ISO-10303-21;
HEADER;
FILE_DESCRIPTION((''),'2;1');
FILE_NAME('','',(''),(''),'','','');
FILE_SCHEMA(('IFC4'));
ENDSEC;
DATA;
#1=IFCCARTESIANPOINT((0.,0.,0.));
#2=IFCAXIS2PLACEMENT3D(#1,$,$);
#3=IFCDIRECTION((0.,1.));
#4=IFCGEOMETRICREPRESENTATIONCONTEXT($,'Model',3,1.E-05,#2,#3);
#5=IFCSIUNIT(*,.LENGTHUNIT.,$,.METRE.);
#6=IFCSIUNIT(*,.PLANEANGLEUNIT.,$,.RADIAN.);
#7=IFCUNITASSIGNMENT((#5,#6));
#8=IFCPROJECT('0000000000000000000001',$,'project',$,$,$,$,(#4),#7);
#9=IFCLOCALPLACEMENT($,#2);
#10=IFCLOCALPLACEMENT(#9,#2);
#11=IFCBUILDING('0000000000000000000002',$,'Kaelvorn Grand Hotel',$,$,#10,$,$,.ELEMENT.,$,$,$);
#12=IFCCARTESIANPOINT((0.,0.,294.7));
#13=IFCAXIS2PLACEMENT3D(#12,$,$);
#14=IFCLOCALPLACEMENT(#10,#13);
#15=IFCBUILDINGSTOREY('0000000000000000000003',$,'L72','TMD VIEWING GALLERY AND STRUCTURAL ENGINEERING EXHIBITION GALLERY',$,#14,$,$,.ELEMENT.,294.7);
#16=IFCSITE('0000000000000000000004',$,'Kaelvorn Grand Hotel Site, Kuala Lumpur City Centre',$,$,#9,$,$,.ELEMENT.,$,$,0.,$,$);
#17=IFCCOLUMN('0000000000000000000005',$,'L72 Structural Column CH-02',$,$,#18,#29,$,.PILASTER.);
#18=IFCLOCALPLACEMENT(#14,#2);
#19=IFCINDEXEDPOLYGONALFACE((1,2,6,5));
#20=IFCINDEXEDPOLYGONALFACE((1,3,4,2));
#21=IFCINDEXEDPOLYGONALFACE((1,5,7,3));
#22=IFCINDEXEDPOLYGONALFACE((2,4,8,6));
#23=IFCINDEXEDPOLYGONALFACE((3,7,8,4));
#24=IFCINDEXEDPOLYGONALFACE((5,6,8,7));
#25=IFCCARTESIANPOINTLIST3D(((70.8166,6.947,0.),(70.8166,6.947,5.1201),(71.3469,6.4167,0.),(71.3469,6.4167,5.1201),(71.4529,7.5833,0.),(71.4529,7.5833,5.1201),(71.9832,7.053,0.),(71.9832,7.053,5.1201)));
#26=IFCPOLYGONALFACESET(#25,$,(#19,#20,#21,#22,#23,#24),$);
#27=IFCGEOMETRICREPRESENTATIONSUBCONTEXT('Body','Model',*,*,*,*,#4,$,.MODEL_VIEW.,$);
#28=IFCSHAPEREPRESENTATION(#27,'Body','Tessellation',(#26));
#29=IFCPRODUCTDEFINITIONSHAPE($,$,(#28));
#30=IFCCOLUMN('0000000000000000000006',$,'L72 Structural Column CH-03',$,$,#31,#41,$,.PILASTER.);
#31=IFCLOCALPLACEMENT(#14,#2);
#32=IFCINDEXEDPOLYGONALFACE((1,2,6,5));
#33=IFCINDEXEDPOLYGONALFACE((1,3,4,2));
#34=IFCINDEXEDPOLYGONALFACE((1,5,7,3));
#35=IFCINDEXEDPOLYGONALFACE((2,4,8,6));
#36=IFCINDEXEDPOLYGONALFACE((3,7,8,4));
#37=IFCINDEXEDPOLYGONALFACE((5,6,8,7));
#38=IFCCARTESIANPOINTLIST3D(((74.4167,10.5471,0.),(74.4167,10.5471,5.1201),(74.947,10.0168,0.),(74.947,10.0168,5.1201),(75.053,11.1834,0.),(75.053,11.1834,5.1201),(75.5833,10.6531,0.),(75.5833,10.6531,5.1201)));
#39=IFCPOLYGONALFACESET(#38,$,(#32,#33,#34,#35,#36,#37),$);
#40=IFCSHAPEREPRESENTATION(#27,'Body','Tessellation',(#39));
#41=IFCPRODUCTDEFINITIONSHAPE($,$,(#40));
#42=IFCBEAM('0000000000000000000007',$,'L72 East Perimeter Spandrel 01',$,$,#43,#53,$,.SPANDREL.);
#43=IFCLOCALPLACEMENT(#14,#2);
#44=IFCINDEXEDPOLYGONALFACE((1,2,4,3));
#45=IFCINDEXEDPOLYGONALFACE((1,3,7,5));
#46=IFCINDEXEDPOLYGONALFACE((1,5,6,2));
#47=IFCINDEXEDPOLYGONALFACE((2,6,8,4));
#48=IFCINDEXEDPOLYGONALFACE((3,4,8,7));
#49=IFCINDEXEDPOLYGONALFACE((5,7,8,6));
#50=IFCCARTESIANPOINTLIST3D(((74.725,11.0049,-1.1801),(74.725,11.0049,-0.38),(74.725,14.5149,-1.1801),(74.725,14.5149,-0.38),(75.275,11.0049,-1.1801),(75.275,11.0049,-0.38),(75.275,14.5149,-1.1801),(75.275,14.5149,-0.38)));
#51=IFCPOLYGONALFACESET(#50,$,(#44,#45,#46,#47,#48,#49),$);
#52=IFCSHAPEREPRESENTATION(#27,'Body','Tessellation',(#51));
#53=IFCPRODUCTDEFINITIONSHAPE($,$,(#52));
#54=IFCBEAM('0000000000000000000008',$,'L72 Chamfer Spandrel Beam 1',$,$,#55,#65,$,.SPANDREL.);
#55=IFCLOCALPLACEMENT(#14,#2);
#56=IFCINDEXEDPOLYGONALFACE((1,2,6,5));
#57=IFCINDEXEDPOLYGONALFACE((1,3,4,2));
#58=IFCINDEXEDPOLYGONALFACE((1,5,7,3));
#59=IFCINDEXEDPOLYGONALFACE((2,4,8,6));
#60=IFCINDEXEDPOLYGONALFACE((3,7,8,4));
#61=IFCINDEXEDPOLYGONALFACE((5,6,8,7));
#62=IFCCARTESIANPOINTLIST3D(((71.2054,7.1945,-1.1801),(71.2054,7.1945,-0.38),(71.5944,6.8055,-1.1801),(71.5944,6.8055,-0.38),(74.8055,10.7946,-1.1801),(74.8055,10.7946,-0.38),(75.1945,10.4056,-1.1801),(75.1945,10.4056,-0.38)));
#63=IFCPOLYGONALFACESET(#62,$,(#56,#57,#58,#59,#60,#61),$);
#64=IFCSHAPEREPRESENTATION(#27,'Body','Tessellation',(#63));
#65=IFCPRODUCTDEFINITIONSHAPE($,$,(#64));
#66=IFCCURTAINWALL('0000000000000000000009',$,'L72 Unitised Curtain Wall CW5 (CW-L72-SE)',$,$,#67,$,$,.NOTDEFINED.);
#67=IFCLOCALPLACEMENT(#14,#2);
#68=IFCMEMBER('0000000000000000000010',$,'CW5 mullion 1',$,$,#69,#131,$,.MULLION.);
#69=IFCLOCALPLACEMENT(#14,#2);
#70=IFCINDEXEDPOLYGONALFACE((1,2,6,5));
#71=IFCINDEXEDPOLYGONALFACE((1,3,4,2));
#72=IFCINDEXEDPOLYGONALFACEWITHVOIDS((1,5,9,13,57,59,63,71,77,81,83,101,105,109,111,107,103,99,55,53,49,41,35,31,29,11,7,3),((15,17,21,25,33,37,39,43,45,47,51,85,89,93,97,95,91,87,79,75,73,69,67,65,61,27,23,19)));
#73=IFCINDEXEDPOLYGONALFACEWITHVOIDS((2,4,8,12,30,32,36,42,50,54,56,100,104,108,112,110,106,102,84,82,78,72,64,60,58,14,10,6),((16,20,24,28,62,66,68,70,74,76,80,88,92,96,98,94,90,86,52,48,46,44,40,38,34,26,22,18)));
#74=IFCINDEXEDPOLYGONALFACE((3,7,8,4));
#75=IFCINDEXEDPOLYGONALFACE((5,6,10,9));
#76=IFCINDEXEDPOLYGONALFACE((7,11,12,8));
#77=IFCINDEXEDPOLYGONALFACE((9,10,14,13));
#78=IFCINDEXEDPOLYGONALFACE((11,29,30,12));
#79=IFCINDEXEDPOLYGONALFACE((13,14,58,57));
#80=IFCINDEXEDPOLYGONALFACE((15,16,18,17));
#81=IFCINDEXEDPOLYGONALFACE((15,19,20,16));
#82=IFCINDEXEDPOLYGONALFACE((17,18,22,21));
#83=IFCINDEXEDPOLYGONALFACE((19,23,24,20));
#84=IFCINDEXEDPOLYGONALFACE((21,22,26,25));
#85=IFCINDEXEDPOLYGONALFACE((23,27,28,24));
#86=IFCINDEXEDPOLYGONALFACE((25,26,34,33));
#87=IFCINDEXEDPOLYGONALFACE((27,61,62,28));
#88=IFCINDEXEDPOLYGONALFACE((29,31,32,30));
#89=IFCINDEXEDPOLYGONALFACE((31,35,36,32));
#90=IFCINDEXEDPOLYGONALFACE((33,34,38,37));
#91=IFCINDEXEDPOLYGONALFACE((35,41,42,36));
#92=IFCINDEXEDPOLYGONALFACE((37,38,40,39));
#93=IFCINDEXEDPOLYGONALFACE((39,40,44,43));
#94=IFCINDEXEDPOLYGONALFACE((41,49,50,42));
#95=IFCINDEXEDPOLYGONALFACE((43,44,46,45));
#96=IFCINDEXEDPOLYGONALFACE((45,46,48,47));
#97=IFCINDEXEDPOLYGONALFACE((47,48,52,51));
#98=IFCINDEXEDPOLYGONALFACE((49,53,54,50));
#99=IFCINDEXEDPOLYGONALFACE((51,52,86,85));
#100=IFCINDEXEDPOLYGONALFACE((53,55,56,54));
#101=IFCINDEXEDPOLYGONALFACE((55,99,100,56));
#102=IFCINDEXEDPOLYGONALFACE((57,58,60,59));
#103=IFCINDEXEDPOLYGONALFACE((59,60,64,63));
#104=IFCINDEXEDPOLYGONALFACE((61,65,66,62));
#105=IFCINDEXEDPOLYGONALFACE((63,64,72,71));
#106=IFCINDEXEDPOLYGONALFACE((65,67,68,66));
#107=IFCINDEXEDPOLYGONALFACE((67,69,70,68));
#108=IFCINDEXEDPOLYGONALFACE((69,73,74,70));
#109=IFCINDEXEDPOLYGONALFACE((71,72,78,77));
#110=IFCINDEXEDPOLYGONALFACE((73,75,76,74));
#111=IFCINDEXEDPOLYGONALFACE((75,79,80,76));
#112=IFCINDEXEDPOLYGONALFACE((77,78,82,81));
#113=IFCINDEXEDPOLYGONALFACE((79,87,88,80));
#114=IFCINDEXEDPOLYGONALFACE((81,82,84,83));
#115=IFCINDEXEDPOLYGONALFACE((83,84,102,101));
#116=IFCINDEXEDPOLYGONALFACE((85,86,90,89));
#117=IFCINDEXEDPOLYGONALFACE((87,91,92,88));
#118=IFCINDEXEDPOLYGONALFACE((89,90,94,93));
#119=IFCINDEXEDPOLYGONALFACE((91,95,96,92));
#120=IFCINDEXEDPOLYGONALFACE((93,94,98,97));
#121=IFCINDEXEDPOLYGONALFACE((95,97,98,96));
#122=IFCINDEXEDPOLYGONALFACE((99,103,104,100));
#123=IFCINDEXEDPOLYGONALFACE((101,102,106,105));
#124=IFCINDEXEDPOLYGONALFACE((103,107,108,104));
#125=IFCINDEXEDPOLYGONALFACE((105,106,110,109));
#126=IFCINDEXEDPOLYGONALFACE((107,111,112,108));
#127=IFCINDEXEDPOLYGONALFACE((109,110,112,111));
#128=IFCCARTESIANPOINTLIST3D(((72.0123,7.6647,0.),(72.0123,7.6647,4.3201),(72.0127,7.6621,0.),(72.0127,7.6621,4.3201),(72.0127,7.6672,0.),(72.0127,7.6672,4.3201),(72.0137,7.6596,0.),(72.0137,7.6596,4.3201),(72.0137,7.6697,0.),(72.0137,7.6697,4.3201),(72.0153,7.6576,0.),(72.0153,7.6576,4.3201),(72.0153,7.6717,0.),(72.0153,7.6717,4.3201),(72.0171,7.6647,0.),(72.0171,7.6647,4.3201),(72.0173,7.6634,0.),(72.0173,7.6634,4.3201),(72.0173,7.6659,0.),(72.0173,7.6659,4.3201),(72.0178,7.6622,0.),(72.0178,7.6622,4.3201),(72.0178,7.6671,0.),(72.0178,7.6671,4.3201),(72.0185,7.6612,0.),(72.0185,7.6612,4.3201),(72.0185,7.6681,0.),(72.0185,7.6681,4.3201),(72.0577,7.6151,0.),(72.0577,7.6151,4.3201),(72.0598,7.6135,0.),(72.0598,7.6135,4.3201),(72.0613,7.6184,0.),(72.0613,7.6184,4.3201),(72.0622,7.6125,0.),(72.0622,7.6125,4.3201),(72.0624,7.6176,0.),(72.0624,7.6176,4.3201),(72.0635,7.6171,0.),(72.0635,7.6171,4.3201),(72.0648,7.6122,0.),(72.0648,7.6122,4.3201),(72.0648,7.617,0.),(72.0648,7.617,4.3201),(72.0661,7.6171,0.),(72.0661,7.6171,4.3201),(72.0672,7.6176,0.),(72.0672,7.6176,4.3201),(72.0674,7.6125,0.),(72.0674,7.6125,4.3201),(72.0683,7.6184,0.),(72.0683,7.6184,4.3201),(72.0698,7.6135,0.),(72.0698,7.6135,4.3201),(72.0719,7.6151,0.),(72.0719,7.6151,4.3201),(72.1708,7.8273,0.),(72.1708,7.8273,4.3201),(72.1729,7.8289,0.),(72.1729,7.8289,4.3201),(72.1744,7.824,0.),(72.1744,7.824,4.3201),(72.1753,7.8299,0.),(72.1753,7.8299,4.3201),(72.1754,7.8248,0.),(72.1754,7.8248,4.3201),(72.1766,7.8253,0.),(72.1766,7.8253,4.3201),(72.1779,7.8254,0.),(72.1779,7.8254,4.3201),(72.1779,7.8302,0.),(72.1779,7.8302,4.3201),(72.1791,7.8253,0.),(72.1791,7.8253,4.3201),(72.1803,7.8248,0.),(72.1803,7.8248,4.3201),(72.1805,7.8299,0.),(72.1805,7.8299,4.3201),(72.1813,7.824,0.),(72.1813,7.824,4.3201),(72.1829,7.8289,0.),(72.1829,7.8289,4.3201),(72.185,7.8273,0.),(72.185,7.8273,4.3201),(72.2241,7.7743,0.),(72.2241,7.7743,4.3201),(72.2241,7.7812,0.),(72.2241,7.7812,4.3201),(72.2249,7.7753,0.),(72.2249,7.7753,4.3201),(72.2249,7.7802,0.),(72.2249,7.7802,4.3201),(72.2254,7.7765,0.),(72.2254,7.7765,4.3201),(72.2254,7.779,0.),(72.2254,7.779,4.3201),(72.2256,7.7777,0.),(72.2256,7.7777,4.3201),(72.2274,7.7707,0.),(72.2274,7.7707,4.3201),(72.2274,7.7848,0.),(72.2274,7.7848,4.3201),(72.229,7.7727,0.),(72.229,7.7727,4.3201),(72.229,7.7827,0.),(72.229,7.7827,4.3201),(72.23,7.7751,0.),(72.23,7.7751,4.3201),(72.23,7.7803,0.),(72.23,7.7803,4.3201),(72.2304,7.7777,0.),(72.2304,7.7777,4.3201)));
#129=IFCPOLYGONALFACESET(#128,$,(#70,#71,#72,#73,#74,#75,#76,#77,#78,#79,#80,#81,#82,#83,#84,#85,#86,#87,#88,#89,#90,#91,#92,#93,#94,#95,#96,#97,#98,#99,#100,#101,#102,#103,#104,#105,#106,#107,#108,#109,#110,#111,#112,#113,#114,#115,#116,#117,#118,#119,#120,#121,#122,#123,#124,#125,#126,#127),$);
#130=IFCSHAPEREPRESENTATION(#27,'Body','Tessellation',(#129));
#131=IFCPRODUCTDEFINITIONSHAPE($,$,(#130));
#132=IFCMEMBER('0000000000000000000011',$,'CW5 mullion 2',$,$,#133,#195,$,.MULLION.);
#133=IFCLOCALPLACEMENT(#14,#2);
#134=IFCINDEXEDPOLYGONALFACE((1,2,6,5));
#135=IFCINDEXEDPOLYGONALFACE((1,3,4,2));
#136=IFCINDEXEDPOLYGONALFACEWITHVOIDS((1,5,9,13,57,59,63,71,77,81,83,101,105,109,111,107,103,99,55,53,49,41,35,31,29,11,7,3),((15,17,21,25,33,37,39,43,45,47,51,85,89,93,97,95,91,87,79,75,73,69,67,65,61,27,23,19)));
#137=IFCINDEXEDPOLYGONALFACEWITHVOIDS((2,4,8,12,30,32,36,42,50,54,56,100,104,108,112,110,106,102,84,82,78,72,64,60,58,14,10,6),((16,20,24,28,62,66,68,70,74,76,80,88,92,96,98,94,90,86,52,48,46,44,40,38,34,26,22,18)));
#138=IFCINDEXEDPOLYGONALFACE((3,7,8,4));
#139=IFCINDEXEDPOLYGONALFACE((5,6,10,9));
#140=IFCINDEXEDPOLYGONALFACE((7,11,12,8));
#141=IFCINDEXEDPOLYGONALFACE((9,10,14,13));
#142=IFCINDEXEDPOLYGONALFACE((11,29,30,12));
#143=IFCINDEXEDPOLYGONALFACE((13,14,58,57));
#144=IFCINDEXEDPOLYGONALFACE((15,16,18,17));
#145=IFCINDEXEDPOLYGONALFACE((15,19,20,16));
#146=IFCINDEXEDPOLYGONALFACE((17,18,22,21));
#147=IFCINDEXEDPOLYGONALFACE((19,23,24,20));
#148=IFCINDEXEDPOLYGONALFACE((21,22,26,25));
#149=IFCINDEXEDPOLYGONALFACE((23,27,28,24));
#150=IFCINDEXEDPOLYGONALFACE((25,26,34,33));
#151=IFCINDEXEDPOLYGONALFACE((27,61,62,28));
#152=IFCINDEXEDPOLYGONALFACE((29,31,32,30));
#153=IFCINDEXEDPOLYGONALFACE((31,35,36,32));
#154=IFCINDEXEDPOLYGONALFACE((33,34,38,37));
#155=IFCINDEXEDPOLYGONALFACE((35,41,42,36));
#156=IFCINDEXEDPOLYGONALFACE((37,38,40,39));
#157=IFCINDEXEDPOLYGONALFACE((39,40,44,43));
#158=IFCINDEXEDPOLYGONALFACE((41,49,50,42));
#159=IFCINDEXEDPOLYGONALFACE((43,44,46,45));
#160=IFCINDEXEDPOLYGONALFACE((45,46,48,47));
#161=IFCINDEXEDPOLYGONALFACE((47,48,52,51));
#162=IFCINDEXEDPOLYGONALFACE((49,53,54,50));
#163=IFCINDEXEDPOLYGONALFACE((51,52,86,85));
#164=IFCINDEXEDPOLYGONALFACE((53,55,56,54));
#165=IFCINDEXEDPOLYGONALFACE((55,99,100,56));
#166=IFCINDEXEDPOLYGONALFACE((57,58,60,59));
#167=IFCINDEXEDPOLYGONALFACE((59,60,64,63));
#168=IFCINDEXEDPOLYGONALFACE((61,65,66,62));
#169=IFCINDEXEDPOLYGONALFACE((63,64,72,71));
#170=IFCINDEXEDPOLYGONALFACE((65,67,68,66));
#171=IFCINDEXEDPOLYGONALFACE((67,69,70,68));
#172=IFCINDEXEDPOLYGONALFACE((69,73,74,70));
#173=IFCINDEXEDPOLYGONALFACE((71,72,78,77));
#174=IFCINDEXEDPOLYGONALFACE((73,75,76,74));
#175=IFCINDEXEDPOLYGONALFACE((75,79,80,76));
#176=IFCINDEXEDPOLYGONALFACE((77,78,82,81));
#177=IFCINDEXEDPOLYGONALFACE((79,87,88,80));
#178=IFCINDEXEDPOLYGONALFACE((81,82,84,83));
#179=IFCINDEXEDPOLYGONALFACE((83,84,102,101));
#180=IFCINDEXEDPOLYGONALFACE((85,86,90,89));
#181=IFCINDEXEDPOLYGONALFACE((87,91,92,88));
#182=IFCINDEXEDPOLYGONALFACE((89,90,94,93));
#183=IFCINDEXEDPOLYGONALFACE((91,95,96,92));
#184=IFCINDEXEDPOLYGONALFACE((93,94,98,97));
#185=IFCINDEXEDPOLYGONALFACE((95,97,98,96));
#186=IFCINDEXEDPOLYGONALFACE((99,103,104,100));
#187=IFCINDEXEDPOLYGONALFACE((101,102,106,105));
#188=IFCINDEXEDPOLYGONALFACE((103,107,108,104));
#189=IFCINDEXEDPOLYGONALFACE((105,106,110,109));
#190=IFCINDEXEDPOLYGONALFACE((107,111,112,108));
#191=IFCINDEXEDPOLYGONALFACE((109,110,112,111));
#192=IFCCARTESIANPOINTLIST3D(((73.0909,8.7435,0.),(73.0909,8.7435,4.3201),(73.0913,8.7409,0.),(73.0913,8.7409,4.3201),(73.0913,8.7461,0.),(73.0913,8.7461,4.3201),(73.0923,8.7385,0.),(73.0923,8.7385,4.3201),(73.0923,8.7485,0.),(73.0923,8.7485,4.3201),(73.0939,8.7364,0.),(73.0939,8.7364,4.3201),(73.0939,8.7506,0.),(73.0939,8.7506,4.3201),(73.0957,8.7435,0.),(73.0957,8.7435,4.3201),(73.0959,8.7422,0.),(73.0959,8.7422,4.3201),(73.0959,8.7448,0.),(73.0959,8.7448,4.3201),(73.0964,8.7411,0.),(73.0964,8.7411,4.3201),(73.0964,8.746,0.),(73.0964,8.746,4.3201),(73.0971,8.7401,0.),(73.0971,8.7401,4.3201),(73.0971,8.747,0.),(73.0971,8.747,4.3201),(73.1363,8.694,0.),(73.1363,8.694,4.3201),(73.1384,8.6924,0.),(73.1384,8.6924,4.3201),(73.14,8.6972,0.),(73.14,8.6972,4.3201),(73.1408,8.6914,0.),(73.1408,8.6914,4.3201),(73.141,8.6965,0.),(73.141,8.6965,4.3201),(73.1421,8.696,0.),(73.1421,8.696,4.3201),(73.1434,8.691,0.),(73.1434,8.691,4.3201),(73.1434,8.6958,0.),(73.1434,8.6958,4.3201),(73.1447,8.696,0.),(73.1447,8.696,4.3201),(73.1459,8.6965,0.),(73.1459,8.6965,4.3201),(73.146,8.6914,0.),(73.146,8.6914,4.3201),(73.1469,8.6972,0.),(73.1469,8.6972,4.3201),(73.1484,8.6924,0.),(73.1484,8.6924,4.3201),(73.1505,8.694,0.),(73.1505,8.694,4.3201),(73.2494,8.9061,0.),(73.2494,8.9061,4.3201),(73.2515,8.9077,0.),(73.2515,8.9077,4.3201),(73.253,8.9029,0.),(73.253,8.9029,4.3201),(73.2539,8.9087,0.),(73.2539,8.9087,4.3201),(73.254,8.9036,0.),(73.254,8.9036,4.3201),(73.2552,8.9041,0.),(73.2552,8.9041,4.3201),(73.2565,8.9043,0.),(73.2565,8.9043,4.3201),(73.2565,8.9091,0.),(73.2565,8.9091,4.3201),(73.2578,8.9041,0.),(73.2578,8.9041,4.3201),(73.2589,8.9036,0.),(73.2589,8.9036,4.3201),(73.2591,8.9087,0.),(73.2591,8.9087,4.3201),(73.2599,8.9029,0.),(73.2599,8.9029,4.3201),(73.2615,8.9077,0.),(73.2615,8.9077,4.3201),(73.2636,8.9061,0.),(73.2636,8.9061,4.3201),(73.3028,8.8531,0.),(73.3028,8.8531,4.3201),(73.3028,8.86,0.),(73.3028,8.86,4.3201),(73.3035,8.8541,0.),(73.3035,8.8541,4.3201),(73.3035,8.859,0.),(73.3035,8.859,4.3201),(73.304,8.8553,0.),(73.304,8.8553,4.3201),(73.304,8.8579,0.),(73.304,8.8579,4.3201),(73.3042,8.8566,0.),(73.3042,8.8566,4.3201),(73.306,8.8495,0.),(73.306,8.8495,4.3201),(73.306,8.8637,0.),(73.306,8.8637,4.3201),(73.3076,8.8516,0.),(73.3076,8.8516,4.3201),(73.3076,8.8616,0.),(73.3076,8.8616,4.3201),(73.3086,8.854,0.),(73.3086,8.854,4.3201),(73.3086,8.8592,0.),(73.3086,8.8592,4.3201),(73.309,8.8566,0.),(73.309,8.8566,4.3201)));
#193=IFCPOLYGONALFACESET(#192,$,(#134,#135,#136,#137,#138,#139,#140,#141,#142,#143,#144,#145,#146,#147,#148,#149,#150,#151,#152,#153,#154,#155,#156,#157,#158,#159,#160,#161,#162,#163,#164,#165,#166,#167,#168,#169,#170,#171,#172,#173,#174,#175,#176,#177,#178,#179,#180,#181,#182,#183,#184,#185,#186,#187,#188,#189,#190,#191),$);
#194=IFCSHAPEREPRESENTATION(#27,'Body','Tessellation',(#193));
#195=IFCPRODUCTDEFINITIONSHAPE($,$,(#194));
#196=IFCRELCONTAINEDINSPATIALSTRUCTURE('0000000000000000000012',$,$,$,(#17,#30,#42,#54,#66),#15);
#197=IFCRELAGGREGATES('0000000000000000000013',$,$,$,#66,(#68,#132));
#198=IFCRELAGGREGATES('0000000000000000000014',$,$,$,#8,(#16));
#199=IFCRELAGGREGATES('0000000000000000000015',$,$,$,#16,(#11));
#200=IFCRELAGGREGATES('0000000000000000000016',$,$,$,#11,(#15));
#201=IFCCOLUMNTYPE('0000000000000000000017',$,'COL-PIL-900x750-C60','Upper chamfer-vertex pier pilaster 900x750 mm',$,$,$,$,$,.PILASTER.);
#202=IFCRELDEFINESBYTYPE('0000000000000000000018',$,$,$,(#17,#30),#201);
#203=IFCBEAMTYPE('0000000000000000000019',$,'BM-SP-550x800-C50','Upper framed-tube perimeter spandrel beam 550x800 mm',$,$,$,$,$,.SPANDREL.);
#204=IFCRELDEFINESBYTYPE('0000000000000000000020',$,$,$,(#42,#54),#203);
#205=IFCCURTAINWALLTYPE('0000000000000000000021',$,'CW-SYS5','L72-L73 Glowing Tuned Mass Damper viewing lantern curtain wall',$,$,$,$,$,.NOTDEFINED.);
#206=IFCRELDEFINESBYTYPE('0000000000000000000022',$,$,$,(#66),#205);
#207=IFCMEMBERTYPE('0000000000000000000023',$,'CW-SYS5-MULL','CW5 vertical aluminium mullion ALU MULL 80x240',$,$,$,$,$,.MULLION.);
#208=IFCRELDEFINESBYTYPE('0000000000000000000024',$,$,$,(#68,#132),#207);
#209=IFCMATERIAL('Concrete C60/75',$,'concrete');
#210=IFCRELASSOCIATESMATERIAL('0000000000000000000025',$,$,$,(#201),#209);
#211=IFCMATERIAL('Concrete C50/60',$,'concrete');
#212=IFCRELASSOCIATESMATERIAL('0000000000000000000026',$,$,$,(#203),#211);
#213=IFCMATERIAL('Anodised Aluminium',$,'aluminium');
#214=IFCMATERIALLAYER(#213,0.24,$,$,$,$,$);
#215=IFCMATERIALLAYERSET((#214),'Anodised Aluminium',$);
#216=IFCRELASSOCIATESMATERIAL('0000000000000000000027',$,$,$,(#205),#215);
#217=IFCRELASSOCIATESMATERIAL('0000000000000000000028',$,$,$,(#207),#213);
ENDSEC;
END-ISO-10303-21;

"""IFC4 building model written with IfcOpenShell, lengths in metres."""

from ifc_helpers import new_model, si_unit, direction, frame, origin, origin_2d, place, context, subcontext, project, spatial, rectangle, hollow_rectangle, extrude, material, layer, layer_set, material_profile, profile_set, type_object, element, aggregate, save


model = new_model("IFC4")

# Units and contexts
model_context = context("Model", 3, precision=1e-05, world=origin(), true_north=direction((0.0, 1.0)))
body_context = subcontext(model_context, "Body", "Model", "MODEL_VIEW")
ifc_project = project(units=[si_unit("LENGTHUNIT", "METRE"), si_unit("PLANEANGLEUNIT", "RADIAN")], contexts=[model_context])

# Site, building, storey
site_placement = place(None, origin())
site = spatial("IfcSite", under=ifc_project, at=site_placement, Name="Kaelvorn Grand Hotel Site, Kuala Lumpur City Centre", CompositionType="ELEMENT", RefElevation=0.0)
building_placement = place(site_placement, origin())
building = spatial("IfcBuilding", under=site, at=building_placement, Name="Kaelvorn Grand Hotel", CompositionType="ELEMENT")
storey_placement = place(building_placement, frame((0.0, 0.0, 294.7)))
storey = spatial("IfcBuildingStorey", under=building, at=storey_placement, Name="L72", Description="TMD VIEWING GALLERY AND STRUCTURAL ENGINEERING EXHIBITION GALLERY", CompositionType="ELEMENT", Elevation=294.7)

# Columns
ifc_material_1 = material(Name="Concrete C60/75", Category="concrete")
ifc_material_profile_1 = material_profile(ifc_material_1, rectangle(XDim=0.8999, YDim=0.75, at=origin_2d()), Name="RC PILASTER 900x750")
ifc_profile_set_1 = profile_set([ifc_material_profile_1], Name="Concrete C60/75")
column_type = type_object("IfcColumnType", Name="COL-PIL-900x750-C60", Description="Upper chamfer-vertex pier pilaster 900x750 mm", PredefinedType="PILASTER", material=ifc_profile_set_1)
for number, where, z_axis, x_axis, name in (
    (1, (71.3999, 7.0, 0.0), (0.0, 0.0, 1.0), (0.707107, 0.707107, 0.0), "L72 Structural Column CH-02"),
    (2, (75.0, 10.6001, 0.0), (0.0, 0.0, 1.0), (0.707107, 0.707107, 0.0), "L72 Structural Column CH-03"),
):
    element("IfcColumn", number, at=place(storey_placement, frame(where, z_axis=z_axis, x_axis=x_axis)), inside=storey, type_object=column_type, Name=name, PredefinedType="PILASTER", context=body_context, shape_type="SweptSolid", body=[
        extrude(rectangle(XDim=0.8999, YDim=0.75, at=origin_2d()), origin(), (0.0, 0.0, 1.0), 5.1201),
    ])

# Beams
ifc_material_2 = material(Name="Concrete C50/60", Category="concrete")
ifc_material_profile_2 = material_profile(ifc_material_2, rectangle(XDim=0.55, YDim=0.8, at=origin_2d()), Name="RC SPANDREL 550x800")
ifc_profile_set_2 = profile_set([ifc_material_profile_2], Name="Concrete C50/60")
beam_type = type_object("IfcBeamType", Name="BM-SP-550x800-C50", Description="Upper framed-tube perimeter spandrel beam 550x800 mm", PredefinedType="SPANDREL", material=ifc_profile_set_2)
beam_1_placement = place(storey_placement, frame((75.0, 11.0049, -0.78), z_axis=(0.0, 1.0, 0.0), x_axis=(-1.0, 0.0, 0.0)))
element("IfcBeam", 3, at=beam_1_placement, inside=storey, type_object=beam_type, Name="L72 East Perimeter Spandrel 01", PredefinedType="SPANDREL", context=body_context, shape_type="SweptSolid", body=[
    extrude(rectangle(XDim=0.55, YDim=0.8, at=origin_2d()), origin(), (0.0, 0.0, 1.0), 3.51),
])
beam_2_placement = place(storey_placement, frame((71.3999, 7.0, -0.78), z_axis=(0.707107, 0.707107, 0.0), x_axis=(-0.707107, 0.707107, 0.0)))
element("IfcBeam", 4, at=beam_2_placement, inside=storey, type_object=beam_type, Name="L72 Chamfer Spandrel Beam 1", PredefinedType="SPANDREL", context=body_context, shape_type="SweptSolid", body=[
    extrude(rectangle(XDim=0.55, YDim=0.8, at=origin_2d()), origin(), (0.0, 0.0, 1.0), 5.0913),
])

# Curtain wall, members
ifc_material_3 = material(Name="Anodised Aluminium", Category="aluminium")
ifc_layer_1 = layer(ifc_material_3, 0.24)
ifc_layer_set_1 = layer_set([ifc_layer_1], Name="Anodised Aluminium")
curtain_wall_type = type_object("IfcCurtainWallType", Name="CW-SYS5", Description="L72-L73 Glowing Tuned Mass Damper viewing lantern curtain wall", PredefinedType="NOTDEFINED", material=ifc_layer_set_1)
curtain_wall_1_placement = place(storey_placement, origin())
curtain_wall_1 = element("IfcCurtainWall", 5, at=curtain_wall_1_placement, inside=storey, type_object=curtain_wall_type, Name="L72 Unitised Curtain Wall CW5 (CW-L72-SE)", PredefinedType="NOTDEFINED")
ifc_material_profile_3 = material_profile(ifc_material_3, hollow_rectangle(XDim=0.0801, YDim=0.24, WallThickness=0.0049, InnerFilletRadius=0.0049, OuterFilletRadius=0.01, at=origin_2d()), Name="ALU MULL 80x240")
ifc_profile_set_3 = profile_set([ifc_material_profile_3], Name="Anodised Aluminium")
member_type_1 = type_object("IfcMemberType", Name="CW-SYS5-MULL", Description="CW5 vertical aluminium mullion ALU MULL 80x240", PredefinedType="MULLION", material=ifc_profile_set_3)
member_1_placement = place(storey_placement, frame((72.1213, 7.7212, 0.0), z_axis=(0.0, 0.0, 1.0), x_axis=(-0.707107, 0.707107, 0.0)))
member_1 = element("IfcMember", 6, at=member_1_placement, type_object=member_type_1, Name="CW5 mullion 1", PredefinedType="MULLION", context=body_context, shape_type="SweptSolid", body=[
    extrude(hollow_rectangle(XDim=0.0801, YDim=0.24, WallThickness=0.0049, InnerFilletRadius=0.0049, OuterFilletRadius=0.01, at=origin_2d()), origin(), (0.0, 0.0, 1.0), 4.3201),
])
member_2_placement = place(storey_placement, frame((73.2, 8.8, 0.0), z_axis=(0.0, 0.0, 1.0), x_axis=(-0.707107, 0.707107, 0.0)))
member_2 = element("IfcMember", 7, at=member_2_placement, type_object=member_type_1, Name="CW5 mullion 2", PredefinedType="MULLION", context=body_context, shape_type="SweptSolid", body=[
    extrude(hollow_rectangle(XDim=0.0801, YDim=0.24, WallThickness=0.0049, InnerFilletRadius=0.0049, OuterFilletRadius=0.01, at=origin_2d()), origin(), (0.0, 0.0, 1.0), 4.3201),
])

aggregate(curtain_wall_1, [member_1, member_2])

save(model, "model.ifc")
